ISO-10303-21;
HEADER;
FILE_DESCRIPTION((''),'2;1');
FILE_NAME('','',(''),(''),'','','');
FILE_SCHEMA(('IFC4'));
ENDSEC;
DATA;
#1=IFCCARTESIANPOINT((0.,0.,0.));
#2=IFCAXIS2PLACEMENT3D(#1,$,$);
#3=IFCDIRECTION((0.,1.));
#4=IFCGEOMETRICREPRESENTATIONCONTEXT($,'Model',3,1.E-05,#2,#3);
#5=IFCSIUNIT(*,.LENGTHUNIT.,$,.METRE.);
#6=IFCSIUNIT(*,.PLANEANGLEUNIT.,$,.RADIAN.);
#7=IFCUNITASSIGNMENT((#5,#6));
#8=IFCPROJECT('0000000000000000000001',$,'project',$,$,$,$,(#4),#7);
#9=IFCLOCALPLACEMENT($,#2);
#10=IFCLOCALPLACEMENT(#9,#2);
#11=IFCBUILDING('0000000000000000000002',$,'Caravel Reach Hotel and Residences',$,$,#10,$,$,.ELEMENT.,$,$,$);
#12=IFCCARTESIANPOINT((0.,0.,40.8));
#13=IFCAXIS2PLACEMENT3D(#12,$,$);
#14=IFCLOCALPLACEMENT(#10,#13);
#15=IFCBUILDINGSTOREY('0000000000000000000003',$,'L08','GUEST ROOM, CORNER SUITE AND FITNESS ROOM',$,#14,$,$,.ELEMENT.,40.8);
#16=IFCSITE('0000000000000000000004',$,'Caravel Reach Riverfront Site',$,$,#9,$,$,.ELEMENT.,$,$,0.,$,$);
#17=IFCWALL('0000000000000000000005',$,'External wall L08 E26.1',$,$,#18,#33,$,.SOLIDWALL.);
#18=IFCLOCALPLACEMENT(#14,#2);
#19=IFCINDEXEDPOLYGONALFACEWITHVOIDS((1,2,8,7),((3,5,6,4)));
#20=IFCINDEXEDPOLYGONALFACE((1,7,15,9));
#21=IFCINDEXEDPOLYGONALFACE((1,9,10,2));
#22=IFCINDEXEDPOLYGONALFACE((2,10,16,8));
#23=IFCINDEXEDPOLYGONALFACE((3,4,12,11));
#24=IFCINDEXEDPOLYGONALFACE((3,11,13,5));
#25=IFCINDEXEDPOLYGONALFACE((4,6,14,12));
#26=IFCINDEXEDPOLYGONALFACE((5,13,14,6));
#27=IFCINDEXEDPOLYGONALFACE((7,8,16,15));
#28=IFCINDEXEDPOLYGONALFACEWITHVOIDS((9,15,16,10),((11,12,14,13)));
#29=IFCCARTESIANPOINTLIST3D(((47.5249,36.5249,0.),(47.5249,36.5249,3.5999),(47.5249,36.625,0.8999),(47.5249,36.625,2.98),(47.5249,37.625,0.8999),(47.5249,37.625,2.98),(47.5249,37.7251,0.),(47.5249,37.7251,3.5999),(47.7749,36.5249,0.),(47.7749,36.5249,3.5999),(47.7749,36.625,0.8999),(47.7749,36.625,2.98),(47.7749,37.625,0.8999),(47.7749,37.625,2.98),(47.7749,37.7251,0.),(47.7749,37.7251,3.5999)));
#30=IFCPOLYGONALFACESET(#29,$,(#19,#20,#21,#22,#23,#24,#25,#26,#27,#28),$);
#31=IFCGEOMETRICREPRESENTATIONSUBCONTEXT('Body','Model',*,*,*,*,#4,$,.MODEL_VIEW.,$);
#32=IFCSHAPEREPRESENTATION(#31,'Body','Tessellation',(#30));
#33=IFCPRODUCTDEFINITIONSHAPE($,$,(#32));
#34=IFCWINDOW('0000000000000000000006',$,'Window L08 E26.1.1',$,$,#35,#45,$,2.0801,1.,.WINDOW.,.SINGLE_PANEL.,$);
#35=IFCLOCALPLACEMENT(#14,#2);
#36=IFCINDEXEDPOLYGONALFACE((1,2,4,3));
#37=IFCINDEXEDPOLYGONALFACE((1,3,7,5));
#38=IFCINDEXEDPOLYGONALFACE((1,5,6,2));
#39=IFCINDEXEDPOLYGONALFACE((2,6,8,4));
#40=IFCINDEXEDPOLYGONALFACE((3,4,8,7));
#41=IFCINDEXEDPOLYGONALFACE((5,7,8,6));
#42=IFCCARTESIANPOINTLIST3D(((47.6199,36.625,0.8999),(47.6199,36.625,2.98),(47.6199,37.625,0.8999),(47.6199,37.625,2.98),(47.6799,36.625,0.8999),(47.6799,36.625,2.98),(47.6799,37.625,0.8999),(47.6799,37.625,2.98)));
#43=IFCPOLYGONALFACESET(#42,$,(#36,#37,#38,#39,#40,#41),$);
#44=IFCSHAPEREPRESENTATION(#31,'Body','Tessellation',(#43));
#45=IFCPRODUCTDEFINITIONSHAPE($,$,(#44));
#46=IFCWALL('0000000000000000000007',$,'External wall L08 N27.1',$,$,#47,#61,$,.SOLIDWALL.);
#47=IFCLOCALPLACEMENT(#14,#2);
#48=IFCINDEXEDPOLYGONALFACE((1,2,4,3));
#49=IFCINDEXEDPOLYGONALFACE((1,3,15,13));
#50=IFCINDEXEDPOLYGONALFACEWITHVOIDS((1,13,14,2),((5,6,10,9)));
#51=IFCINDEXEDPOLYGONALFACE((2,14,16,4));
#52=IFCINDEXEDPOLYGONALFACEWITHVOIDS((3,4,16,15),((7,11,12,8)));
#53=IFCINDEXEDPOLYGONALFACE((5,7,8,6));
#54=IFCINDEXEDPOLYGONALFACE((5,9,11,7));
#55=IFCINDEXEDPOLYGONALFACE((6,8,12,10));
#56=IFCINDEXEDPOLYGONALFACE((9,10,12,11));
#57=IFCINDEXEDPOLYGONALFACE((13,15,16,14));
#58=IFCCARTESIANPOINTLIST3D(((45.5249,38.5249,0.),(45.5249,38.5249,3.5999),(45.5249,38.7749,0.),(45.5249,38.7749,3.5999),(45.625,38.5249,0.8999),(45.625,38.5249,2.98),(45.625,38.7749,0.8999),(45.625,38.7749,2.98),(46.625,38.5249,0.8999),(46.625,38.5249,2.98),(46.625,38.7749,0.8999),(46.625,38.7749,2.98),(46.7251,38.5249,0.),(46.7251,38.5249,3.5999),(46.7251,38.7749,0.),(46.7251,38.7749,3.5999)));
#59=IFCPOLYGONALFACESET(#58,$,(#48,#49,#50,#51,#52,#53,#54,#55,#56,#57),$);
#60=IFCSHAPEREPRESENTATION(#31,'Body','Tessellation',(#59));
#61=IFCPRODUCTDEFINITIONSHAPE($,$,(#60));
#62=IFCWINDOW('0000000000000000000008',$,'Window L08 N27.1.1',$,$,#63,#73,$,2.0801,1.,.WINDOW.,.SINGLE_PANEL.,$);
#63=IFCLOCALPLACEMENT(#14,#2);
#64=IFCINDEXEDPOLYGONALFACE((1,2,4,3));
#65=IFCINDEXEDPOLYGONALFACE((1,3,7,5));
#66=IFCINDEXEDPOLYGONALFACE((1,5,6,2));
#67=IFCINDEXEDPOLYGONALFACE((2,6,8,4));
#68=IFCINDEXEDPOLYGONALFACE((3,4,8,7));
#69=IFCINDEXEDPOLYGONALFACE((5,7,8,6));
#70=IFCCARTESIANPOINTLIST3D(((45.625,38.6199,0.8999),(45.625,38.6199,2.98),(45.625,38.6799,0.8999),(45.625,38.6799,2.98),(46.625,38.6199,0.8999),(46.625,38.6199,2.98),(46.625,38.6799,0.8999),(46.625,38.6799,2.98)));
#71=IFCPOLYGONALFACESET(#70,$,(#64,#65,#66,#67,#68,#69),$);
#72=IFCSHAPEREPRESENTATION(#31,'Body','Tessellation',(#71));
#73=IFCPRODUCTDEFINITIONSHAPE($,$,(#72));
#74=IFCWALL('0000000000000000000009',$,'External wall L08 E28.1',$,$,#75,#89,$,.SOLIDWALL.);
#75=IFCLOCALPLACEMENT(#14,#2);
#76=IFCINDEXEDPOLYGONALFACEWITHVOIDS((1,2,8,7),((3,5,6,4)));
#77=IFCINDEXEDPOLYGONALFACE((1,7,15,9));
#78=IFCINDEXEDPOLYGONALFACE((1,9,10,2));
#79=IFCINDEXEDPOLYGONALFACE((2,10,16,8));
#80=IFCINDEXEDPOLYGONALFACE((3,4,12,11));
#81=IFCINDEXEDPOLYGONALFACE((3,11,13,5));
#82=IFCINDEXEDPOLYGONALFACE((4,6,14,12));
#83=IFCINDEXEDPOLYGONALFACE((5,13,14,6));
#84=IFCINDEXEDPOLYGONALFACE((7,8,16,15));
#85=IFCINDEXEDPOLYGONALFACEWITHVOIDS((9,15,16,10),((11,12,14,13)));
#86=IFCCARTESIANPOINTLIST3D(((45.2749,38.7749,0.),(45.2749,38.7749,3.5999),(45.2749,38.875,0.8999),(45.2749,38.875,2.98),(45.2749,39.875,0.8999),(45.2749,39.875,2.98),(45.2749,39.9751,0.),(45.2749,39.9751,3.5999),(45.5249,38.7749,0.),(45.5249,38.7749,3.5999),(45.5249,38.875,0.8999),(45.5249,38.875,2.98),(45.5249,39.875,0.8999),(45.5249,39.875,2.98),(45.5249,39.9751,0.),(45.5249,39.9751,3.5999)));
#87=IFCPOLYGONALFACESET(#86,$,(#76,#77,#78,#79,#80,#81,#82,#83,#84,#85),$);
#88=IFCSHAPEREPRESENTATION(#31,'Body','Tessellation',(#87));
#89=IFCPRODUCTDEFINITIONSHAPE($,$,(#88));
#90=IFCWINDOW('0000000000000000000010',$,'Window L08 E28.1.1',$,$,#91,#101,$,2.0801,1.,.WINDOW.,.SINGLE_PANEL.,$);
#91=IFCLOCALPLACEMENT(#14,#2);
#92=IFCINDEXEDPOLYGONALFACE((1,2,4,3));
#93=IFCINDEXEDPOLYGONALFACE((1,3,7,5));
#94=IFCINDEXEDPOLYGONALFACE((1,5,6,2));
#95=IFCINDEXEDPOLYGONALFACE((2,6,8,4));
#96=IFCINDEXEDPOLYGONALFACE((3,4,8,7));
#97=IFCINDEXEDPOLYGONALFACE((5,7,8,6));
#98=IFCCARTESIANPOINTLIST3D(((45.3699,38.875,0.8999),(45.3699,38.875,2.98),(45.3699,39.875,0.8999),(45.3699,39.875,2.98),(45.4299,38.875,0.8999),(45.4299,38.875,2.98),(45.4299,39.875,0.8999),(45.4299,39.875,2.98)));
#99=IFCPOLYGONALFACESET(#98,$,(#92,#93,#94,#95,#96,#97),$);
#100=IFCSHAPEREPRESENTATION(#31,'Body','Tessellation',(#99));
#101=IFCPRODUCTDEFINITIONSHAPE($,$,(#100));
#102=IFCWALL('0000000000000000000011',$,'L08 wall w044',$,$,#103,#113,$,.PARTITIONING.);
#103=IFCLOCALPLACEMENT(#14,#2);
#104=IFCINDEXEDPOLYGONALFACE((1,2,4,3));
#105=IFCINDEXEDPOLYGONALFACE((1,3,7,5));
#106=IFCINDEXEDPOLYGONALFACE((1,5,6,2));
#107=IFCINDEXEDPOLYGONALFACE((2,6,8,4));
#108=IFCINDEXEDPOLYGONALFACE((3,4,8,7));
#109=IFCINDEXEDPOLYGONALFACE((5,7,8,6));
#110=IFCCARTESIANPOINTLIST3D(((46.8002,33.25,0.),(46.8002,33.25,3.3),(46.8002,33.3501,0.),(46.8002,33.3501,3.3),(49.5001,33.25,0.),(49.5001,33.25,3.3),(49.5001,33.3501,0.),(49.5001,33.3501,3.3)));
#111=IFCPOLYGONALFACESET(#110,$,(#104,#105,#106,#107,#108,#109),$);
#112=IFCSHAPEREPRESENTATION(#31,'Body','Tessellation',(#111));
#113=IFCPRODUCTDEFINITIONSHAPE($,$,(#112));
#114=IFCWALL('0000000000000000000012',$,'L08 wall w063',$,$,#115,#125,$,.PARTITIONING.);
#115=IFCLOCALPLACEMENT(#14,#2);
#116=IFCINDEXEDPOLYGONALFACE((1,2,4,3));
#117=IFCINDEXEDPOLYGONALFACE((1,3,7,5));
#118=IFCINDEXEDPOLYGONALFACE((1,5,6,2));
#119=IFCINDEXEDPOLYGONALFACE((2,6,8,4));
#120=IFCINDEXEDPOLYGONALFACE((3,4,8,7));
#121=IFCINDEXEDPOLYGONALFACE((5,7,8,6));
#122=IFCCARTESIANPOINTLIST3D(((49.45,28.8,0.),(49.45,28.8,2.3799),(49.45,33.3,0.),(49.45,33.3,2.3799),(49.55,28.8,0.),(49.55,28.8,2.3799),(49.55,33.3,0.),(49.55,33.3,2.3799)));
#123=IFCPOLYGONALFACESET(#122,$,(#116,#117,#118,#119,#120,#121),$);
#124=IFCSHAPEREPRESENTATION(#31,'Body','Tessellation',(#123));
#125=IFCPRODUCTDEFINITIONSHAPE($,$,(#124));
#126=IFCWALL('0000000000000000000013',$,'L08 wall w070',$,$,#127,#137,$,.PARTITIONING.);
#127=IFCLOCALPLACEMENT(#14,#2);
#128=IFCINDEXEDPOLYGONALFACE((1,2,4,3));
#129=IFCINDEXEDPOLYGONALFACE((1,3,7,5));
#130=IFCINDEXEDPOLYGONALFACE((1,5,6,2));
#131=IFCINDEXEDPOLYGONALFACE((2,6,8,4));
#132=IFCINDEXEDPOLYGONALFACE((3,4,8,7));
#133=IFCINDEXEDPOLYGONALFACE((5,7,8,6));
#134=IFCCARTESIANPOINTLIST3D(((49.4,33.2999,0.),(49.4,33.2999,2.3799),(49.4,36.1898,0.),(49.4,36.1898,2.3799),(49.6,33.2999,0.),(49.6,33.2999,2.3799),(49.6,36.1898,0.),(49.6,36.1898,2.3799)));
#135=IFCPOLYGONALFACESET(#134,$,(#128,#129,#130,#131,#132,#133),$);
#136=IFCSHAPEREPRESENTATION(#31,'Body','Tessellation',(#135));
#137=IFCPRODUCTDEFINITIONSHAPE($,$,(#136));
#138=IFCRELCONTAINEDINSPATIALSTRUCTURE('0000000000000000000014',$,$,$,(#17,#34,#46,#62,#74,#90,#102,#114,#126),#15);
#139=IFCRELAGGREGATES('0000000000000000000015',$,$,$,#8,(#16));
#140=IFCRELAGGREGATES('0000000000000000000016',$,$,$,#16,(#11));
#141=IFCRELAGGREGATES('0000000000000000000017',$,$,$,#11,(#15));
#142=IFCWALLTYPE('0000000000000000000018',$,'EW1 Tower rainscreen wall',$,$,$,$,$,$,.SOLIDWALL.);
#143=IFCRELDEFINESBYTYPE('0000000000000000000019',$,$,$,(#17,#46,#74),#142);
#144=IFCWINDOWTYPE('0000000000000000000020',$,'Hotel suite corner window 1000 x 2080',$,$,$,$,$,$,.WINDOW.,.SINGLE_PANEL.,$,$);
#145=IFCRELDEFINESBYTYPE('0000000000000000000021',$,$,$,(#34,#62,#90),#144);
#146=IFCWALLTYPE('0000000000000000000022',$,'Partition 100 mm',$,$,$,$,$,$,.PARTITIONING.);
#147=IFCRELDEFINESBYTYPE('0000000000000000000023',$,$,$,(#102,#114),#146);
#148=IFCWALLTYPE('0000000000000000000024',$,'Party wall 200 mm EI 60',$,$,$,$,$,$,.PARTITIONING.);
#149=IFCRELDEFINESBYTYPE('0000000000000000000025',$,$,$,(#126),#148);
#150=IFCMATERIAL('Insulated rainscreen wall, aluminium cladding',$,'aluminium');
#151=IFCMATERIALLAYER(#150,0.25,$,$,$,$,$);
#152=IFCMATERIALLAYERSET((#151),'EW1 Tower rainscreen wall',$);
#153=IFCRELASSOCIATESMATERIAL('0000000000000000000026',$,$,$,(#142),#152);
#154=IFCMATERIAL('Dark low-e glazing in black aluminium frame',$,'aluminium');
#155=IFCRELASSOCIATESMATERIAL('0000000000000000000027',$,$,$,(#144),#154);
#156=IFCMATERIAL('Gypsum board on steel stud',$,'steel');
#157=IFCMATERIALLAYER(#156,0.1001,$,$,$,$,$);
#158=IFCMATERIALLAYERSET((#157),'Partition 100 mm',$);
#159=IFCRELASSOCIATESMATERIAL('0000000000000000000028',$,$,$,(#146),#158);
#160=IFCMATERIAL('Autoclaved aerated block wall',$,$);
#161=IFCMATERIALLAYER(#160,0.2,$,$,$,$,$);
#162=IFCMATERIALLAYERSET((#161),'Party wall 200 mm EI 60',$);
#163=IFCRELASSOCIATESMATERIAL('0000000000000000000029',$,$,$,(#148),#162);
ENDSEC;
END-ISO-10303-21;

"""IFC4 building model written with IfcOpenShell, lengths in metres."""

from ifc_helpers import new_model, si_unit, direction, frame, frame_2d, origin, place, context, subcontext, project, spatial, rectangle, extrude, material, layer, layer_set, type_object, element, fill, save


model = new_model("IFC4")

# Units and contexts
model_context = context("Model", 3, precision=1e-05, world=origin(), true_north=direction((0.0, 1.0)))
body_context = subcontext(model_context, "Body", "Model", "MODEL_VIEW")
ifc_project = project(units=[si_unit("LENGTHUNIT", "METRE"), si_unit("PLANEANGLEUNIT", "RADIAN")], contexts=[model_context])

# Site, building, storey
site_placement = place(None, origin())
site = spatial("IfcSite", under=ifc_project, at=site_placement, Name="Caravel Reach Riverfront Site", CompositionType="ELEMENT", RefElevation=0.0)
building_placement = place(site_placement, origin())
building = spatial("IfcBuilding", under=site, at=building_placement, Name="Caravel Reach Hotel and Residences", CompositionType="ELEMENT")
storey_placement = place(building_placement, frame((0.0, 0.0, 40.8)))
storey = spatial("IfcBuildingStorey", under=building, at=storey_placement, Name="L08", Description="GUEST ROOM, CORNER SUITE AND FITNESS ROOM", CompositionType="ELEMENT", Elevation=40.8)

# Walls, openings, windows
ifc_material_1 = material(Name="Insulated rainscreen wall, aluminium cladding", Category="aluminium")
ifc_layer_1 = layer(ifc_material_1, 0.25)
ifc_layer_set_1 = layer_set([ifc_layer_1], Name="EW1 Tower rainscreen wall")
wall_type_1 = type_object("IfcWallType", Name="EW1 Tower rainscreen wall", PredefinedType="SOLIDWALL", material=ifc_layer_set_1)
ifc_material_2 = material(Name="Dark low-e glazing in black aluminium frame", Category="aluminium")
window_type = type_object("IfcWindowType", Name="Hotel suite corner window 1000 x 2080", PartitioningType="SINGLE_PANEL", PredefinedType="WINDOW", material=ifc_material_2)
wall_1_placement = place(storey_placement, frame((47.6499, 36.5249, 0.0), z_axis=(0.0, 0.0, 1.0), x_axis=(0.0, 1.0, 0.0)))
wall_1 = element("IfcWall", 1, at=wall_1_placement, inside=storey, type_object=wall_type_1, Name="External wall L08 E26.1", PredefinedType="SOLIDWALL", context=body_context, shape_type="SweptSolid", body=[
    extrude(rectangle(XDim=1.2002, YDim=0.25, at=frame_2d((0.6001, 0.0))), origin(), (0.0, 0.0, 1.0), 3.5999),
])
opening_1_placement = place(wall_1_placement, frame((0.1001, 0.0, 0.8999)))
opening_1 = element("IfcOpeningElement", 2, at=opening_1_placement, cuts=wall_1, PredefinedType="OPENING", context=body_context, shape_type="SweptSolid", body=[
    extrude(rectangle(XDim=1.0, YDim=2.0801, at=frame_2d((0.5, 1.04))), frame((0.0, 0.135, 0.0), z_axis=(0.0, -1.0, 0.0), x_axis=(1.0, 0.0, 0.0)), (0.0, 0.0, 1.0), 0.27),
])
window_1_placement = place(opening_1_placement, origin())
window_1 = element("IfcWindow", 3, at=window_1_placement, inside=storey, type_object=window_type, Name="Window L08 E26.1.1", OverallHeight=2.0801, OverallWidth=1.0, PartitioningType="SINGLE_PANEL", PredefinedType="WINDOW", context=body_context, shape_type="SweptSolid", body=[
    extrude(rectangle(XDim=1.0, YDim=2.0801, at=frame_2d((0.5, 1.04))), frame((0.0, 0.03, 0.0), z_axis=(0.0, -1.0, 0.0), x_axis=(1.0, 0.0, 0.0)), (0.0, 0.0, 1.0), 0.0601),
])
fill(opening_1, window_1)
wall_2_placement = place(storey_placement, frame((46.7251, 38.6499, 0.0), z_axis=(0.0, 0.0, 1.0), x_axis=(-1.0, 0.0, 0.0)))
wall_2 = element("IfcWall", 4, at=wall_2_placement, inside=storey, type_object=wall_type_1, Name="External wall L08 N27.1", PredefinedType="SOLIDWALL", context=body_context, shape_type="SweptSolid", body=[
    extrude(rectangle(XDim=1.2002, YDim=0.25, at=frame_2d((0.6001, 0.0))), origin(), (0.0, 0.0, 1.0), 3.5999),
])
opening_2_placement = place(wall_2_placement, frame((0.1001, 0.0, 0.8999)))
opening_2 = element("IfcOpeningElement", 5, at=opening_2_placement, cuts=wall_2, PredefinedType="OPENING", context=body_context, shape_type="SweptSolid", body=[
    extrude(rectangle(XDim=1.0, YDim=2.0801, at=frame_2d((0.5, 1.04))), frame((0.0, 0.135, 0.0), z_axis=(0.0, -1.0, 0.0), x_axis=(1.0, 0.0, 0.0)), (0.0, 0.0, 1.0), 0.27),
])
window_2_placement = place(opening_2_placement, origin())
window_2 = element("IfcWindow", 6, at=window_2_placement, inside=storey, type_object=window_type, Name="Window L08 N27.1.1", OverallHeight=2.0801, OverallWidth=1.0, PartitioningType="SINGLE_PANEL", PredefinedType="WINDOW", context=body_context, shape_type="SweptSolid", body=[
    extrude(rectangle(XDim=1.0, YDim=2.0801, at=frame_2d((0.5, 1.04))), frame((0.0, 0.03, 0.0), z_axis=(0.0, -1.0, 0.0), x_axis=(1.0, 0.0, 0.0)), (0.0, 0.0, 1.0), 0.0601),
])
fill(opening_2, window_2)
wall_3_placement = place(storey_placement, frame((45.3999, 38.7749, 0.0), z_axis=(0.0, 0.0, 1.0), x_axis=(0.0, 1.0, 0.0)))
wall_3 = element("IfcWall", 7, at=wall_3_placement, inside=storey, type_object=wall_type_1, Name="External wall L08 E28.1", PredefinedType="SOLIDWALL", context=body_context, shape_type="SweptSolid", body=[
    extrude(rectangle(XDim=1.2002, YDim=0.25, at=frame_2d((0.6001, 0.0))), origin(), (0.0, 0.0, 1.0), 3.5999),
])
opening_3_placement = place(wall_3_placement, frame((0.1001, 0.0, 0.8999)))
opening_3 = element("IfcOpeningElement", 8, at=opening_3_placement, cuts=wall_3, PredefinedType="OPENING", context=body_context, shape_type="SweptSolid", body=[
    extrude(rectangle(XDim=1.0, YDim=2.0801, at=frame_2d((0.5, 1.04))), frame((0.0, 0.135, 0.0), z_axis=(0.0, -1.0, 0.0), x_axis=(1.0, 0.0, 0.0)), (0.0, 0.0, 1.0), 0.27),
])
window_3_placement = place(opening_3_placement, origin())
window_3 = element("IfcWindow", 9, at=window_3_placement, inside=storey, type_object=window_type, Name="Window L08 E28.1.1", OverallHeight=2.0801, OverallWidth=1.0, PartitioningType="SINGLE_PANEL", PredefinedType="WINDOW", context=body_context, shape_type="SweptSolid", body=[
    extrude(rectangle(XDim=1.0, YDim=2.0801, at=frame_2d((0.5, 1.04))), frame((0.0, 0.03, 0.0), z_axis=(0.0, -1.0, 0.0), x_axis=(1.0, 0.0, 0.0)), (0.0, 0.0, 1.0), 0.0601),
])
fill(opening_3, window_3)

# Walls
ifc_material_3 = material(Name="Gypsum board on steel stud", Category="steel")
ifc_layer_2 = layer(ifc_material_3, 0.1001)
ifc_layer_set_2 = layer_set([ifc_layer_2], Name="Partition 100 mm")
wall_type_2 = type_object("IfcWallType", Name="Partition 100 mm", PredefinedType="PARTITIONING", material=ifc_layer_set_2)
wall_4_placement = place(storey_placement, frame((46.8, 33.3, 0.0), z_axis=(0.0, 0.0, 1.0), x_axis=(1.0, 0.0, 0.0)))
element("IfcWall", 10, at=wall_4_placement, inside=storey, type_object=wall_type_2, Name="L08 wall w044", PredefinedType="PARTITIONING", context=body_context, shape_type="SweptSolid", body=[
    extrude(rectangle(XDim=2.7, YDim=0.1001, at=frame_2d((1.3501, 0.0))), origin(), (0.0, 0.0, 1.0), 3.3),
])
wall_5_placement = place(storey_placement, frame((49.5, 28.8, 0.0), z_axis=(0.0, 0.0, 1.0), x_axis=(0.0, 1.0, 0.0)))
element("IfcWall", 11, at=wall_5_placement, inside=storey, type_object=wall_type_2, Name="L08 wall w063", PredefinedType="PARTITIONING", context=body_context, shape_type="SweptSolid", body=[
    extrude(rectangle(XDim=4.5, YDim=0.1001, at=frame_2d((2.25, 0.0))), origin(), (0.0, 0.0, 1.0), 2.3799),
])
ifc_material_4 = material(Name="Autoclaved aerated block wall")
ifc_layer_3 = layer(ifc_material_4, 0.2)
ifc_layer_set_3 = layer_set([ifc_layer_3], Name="Party wall 200 mm EI 60")
wall_type_3 = type_object("IfcWallType", Name="Party wall 200 mm EI 60", PredefinedType="PARTITIONING", material=ifc_layer_set_3)
wall_6_placement = place(storey_placement, frame((49.5, 33.3, 0.0), z_axis=(0.0, 0.0, 1.0), x_axis=(0.0, 1.0, 0.0)))
element("IfcWall", 12, at=wall_6_placement, inside=storey, type_object=wall_type_3, Name="L08 wall w070", PredefinedType="PARTITIONING", context=body_context, shape_type="SweptSolid", body=[
    extrude(rectangle(XDim=2.8899, YDim=0.2, at=frame_2d((1.4448, 0.0))), origin(), (0.0, 0.0, 1.0), 2.3799),
])

save(model, "model.ifc")
